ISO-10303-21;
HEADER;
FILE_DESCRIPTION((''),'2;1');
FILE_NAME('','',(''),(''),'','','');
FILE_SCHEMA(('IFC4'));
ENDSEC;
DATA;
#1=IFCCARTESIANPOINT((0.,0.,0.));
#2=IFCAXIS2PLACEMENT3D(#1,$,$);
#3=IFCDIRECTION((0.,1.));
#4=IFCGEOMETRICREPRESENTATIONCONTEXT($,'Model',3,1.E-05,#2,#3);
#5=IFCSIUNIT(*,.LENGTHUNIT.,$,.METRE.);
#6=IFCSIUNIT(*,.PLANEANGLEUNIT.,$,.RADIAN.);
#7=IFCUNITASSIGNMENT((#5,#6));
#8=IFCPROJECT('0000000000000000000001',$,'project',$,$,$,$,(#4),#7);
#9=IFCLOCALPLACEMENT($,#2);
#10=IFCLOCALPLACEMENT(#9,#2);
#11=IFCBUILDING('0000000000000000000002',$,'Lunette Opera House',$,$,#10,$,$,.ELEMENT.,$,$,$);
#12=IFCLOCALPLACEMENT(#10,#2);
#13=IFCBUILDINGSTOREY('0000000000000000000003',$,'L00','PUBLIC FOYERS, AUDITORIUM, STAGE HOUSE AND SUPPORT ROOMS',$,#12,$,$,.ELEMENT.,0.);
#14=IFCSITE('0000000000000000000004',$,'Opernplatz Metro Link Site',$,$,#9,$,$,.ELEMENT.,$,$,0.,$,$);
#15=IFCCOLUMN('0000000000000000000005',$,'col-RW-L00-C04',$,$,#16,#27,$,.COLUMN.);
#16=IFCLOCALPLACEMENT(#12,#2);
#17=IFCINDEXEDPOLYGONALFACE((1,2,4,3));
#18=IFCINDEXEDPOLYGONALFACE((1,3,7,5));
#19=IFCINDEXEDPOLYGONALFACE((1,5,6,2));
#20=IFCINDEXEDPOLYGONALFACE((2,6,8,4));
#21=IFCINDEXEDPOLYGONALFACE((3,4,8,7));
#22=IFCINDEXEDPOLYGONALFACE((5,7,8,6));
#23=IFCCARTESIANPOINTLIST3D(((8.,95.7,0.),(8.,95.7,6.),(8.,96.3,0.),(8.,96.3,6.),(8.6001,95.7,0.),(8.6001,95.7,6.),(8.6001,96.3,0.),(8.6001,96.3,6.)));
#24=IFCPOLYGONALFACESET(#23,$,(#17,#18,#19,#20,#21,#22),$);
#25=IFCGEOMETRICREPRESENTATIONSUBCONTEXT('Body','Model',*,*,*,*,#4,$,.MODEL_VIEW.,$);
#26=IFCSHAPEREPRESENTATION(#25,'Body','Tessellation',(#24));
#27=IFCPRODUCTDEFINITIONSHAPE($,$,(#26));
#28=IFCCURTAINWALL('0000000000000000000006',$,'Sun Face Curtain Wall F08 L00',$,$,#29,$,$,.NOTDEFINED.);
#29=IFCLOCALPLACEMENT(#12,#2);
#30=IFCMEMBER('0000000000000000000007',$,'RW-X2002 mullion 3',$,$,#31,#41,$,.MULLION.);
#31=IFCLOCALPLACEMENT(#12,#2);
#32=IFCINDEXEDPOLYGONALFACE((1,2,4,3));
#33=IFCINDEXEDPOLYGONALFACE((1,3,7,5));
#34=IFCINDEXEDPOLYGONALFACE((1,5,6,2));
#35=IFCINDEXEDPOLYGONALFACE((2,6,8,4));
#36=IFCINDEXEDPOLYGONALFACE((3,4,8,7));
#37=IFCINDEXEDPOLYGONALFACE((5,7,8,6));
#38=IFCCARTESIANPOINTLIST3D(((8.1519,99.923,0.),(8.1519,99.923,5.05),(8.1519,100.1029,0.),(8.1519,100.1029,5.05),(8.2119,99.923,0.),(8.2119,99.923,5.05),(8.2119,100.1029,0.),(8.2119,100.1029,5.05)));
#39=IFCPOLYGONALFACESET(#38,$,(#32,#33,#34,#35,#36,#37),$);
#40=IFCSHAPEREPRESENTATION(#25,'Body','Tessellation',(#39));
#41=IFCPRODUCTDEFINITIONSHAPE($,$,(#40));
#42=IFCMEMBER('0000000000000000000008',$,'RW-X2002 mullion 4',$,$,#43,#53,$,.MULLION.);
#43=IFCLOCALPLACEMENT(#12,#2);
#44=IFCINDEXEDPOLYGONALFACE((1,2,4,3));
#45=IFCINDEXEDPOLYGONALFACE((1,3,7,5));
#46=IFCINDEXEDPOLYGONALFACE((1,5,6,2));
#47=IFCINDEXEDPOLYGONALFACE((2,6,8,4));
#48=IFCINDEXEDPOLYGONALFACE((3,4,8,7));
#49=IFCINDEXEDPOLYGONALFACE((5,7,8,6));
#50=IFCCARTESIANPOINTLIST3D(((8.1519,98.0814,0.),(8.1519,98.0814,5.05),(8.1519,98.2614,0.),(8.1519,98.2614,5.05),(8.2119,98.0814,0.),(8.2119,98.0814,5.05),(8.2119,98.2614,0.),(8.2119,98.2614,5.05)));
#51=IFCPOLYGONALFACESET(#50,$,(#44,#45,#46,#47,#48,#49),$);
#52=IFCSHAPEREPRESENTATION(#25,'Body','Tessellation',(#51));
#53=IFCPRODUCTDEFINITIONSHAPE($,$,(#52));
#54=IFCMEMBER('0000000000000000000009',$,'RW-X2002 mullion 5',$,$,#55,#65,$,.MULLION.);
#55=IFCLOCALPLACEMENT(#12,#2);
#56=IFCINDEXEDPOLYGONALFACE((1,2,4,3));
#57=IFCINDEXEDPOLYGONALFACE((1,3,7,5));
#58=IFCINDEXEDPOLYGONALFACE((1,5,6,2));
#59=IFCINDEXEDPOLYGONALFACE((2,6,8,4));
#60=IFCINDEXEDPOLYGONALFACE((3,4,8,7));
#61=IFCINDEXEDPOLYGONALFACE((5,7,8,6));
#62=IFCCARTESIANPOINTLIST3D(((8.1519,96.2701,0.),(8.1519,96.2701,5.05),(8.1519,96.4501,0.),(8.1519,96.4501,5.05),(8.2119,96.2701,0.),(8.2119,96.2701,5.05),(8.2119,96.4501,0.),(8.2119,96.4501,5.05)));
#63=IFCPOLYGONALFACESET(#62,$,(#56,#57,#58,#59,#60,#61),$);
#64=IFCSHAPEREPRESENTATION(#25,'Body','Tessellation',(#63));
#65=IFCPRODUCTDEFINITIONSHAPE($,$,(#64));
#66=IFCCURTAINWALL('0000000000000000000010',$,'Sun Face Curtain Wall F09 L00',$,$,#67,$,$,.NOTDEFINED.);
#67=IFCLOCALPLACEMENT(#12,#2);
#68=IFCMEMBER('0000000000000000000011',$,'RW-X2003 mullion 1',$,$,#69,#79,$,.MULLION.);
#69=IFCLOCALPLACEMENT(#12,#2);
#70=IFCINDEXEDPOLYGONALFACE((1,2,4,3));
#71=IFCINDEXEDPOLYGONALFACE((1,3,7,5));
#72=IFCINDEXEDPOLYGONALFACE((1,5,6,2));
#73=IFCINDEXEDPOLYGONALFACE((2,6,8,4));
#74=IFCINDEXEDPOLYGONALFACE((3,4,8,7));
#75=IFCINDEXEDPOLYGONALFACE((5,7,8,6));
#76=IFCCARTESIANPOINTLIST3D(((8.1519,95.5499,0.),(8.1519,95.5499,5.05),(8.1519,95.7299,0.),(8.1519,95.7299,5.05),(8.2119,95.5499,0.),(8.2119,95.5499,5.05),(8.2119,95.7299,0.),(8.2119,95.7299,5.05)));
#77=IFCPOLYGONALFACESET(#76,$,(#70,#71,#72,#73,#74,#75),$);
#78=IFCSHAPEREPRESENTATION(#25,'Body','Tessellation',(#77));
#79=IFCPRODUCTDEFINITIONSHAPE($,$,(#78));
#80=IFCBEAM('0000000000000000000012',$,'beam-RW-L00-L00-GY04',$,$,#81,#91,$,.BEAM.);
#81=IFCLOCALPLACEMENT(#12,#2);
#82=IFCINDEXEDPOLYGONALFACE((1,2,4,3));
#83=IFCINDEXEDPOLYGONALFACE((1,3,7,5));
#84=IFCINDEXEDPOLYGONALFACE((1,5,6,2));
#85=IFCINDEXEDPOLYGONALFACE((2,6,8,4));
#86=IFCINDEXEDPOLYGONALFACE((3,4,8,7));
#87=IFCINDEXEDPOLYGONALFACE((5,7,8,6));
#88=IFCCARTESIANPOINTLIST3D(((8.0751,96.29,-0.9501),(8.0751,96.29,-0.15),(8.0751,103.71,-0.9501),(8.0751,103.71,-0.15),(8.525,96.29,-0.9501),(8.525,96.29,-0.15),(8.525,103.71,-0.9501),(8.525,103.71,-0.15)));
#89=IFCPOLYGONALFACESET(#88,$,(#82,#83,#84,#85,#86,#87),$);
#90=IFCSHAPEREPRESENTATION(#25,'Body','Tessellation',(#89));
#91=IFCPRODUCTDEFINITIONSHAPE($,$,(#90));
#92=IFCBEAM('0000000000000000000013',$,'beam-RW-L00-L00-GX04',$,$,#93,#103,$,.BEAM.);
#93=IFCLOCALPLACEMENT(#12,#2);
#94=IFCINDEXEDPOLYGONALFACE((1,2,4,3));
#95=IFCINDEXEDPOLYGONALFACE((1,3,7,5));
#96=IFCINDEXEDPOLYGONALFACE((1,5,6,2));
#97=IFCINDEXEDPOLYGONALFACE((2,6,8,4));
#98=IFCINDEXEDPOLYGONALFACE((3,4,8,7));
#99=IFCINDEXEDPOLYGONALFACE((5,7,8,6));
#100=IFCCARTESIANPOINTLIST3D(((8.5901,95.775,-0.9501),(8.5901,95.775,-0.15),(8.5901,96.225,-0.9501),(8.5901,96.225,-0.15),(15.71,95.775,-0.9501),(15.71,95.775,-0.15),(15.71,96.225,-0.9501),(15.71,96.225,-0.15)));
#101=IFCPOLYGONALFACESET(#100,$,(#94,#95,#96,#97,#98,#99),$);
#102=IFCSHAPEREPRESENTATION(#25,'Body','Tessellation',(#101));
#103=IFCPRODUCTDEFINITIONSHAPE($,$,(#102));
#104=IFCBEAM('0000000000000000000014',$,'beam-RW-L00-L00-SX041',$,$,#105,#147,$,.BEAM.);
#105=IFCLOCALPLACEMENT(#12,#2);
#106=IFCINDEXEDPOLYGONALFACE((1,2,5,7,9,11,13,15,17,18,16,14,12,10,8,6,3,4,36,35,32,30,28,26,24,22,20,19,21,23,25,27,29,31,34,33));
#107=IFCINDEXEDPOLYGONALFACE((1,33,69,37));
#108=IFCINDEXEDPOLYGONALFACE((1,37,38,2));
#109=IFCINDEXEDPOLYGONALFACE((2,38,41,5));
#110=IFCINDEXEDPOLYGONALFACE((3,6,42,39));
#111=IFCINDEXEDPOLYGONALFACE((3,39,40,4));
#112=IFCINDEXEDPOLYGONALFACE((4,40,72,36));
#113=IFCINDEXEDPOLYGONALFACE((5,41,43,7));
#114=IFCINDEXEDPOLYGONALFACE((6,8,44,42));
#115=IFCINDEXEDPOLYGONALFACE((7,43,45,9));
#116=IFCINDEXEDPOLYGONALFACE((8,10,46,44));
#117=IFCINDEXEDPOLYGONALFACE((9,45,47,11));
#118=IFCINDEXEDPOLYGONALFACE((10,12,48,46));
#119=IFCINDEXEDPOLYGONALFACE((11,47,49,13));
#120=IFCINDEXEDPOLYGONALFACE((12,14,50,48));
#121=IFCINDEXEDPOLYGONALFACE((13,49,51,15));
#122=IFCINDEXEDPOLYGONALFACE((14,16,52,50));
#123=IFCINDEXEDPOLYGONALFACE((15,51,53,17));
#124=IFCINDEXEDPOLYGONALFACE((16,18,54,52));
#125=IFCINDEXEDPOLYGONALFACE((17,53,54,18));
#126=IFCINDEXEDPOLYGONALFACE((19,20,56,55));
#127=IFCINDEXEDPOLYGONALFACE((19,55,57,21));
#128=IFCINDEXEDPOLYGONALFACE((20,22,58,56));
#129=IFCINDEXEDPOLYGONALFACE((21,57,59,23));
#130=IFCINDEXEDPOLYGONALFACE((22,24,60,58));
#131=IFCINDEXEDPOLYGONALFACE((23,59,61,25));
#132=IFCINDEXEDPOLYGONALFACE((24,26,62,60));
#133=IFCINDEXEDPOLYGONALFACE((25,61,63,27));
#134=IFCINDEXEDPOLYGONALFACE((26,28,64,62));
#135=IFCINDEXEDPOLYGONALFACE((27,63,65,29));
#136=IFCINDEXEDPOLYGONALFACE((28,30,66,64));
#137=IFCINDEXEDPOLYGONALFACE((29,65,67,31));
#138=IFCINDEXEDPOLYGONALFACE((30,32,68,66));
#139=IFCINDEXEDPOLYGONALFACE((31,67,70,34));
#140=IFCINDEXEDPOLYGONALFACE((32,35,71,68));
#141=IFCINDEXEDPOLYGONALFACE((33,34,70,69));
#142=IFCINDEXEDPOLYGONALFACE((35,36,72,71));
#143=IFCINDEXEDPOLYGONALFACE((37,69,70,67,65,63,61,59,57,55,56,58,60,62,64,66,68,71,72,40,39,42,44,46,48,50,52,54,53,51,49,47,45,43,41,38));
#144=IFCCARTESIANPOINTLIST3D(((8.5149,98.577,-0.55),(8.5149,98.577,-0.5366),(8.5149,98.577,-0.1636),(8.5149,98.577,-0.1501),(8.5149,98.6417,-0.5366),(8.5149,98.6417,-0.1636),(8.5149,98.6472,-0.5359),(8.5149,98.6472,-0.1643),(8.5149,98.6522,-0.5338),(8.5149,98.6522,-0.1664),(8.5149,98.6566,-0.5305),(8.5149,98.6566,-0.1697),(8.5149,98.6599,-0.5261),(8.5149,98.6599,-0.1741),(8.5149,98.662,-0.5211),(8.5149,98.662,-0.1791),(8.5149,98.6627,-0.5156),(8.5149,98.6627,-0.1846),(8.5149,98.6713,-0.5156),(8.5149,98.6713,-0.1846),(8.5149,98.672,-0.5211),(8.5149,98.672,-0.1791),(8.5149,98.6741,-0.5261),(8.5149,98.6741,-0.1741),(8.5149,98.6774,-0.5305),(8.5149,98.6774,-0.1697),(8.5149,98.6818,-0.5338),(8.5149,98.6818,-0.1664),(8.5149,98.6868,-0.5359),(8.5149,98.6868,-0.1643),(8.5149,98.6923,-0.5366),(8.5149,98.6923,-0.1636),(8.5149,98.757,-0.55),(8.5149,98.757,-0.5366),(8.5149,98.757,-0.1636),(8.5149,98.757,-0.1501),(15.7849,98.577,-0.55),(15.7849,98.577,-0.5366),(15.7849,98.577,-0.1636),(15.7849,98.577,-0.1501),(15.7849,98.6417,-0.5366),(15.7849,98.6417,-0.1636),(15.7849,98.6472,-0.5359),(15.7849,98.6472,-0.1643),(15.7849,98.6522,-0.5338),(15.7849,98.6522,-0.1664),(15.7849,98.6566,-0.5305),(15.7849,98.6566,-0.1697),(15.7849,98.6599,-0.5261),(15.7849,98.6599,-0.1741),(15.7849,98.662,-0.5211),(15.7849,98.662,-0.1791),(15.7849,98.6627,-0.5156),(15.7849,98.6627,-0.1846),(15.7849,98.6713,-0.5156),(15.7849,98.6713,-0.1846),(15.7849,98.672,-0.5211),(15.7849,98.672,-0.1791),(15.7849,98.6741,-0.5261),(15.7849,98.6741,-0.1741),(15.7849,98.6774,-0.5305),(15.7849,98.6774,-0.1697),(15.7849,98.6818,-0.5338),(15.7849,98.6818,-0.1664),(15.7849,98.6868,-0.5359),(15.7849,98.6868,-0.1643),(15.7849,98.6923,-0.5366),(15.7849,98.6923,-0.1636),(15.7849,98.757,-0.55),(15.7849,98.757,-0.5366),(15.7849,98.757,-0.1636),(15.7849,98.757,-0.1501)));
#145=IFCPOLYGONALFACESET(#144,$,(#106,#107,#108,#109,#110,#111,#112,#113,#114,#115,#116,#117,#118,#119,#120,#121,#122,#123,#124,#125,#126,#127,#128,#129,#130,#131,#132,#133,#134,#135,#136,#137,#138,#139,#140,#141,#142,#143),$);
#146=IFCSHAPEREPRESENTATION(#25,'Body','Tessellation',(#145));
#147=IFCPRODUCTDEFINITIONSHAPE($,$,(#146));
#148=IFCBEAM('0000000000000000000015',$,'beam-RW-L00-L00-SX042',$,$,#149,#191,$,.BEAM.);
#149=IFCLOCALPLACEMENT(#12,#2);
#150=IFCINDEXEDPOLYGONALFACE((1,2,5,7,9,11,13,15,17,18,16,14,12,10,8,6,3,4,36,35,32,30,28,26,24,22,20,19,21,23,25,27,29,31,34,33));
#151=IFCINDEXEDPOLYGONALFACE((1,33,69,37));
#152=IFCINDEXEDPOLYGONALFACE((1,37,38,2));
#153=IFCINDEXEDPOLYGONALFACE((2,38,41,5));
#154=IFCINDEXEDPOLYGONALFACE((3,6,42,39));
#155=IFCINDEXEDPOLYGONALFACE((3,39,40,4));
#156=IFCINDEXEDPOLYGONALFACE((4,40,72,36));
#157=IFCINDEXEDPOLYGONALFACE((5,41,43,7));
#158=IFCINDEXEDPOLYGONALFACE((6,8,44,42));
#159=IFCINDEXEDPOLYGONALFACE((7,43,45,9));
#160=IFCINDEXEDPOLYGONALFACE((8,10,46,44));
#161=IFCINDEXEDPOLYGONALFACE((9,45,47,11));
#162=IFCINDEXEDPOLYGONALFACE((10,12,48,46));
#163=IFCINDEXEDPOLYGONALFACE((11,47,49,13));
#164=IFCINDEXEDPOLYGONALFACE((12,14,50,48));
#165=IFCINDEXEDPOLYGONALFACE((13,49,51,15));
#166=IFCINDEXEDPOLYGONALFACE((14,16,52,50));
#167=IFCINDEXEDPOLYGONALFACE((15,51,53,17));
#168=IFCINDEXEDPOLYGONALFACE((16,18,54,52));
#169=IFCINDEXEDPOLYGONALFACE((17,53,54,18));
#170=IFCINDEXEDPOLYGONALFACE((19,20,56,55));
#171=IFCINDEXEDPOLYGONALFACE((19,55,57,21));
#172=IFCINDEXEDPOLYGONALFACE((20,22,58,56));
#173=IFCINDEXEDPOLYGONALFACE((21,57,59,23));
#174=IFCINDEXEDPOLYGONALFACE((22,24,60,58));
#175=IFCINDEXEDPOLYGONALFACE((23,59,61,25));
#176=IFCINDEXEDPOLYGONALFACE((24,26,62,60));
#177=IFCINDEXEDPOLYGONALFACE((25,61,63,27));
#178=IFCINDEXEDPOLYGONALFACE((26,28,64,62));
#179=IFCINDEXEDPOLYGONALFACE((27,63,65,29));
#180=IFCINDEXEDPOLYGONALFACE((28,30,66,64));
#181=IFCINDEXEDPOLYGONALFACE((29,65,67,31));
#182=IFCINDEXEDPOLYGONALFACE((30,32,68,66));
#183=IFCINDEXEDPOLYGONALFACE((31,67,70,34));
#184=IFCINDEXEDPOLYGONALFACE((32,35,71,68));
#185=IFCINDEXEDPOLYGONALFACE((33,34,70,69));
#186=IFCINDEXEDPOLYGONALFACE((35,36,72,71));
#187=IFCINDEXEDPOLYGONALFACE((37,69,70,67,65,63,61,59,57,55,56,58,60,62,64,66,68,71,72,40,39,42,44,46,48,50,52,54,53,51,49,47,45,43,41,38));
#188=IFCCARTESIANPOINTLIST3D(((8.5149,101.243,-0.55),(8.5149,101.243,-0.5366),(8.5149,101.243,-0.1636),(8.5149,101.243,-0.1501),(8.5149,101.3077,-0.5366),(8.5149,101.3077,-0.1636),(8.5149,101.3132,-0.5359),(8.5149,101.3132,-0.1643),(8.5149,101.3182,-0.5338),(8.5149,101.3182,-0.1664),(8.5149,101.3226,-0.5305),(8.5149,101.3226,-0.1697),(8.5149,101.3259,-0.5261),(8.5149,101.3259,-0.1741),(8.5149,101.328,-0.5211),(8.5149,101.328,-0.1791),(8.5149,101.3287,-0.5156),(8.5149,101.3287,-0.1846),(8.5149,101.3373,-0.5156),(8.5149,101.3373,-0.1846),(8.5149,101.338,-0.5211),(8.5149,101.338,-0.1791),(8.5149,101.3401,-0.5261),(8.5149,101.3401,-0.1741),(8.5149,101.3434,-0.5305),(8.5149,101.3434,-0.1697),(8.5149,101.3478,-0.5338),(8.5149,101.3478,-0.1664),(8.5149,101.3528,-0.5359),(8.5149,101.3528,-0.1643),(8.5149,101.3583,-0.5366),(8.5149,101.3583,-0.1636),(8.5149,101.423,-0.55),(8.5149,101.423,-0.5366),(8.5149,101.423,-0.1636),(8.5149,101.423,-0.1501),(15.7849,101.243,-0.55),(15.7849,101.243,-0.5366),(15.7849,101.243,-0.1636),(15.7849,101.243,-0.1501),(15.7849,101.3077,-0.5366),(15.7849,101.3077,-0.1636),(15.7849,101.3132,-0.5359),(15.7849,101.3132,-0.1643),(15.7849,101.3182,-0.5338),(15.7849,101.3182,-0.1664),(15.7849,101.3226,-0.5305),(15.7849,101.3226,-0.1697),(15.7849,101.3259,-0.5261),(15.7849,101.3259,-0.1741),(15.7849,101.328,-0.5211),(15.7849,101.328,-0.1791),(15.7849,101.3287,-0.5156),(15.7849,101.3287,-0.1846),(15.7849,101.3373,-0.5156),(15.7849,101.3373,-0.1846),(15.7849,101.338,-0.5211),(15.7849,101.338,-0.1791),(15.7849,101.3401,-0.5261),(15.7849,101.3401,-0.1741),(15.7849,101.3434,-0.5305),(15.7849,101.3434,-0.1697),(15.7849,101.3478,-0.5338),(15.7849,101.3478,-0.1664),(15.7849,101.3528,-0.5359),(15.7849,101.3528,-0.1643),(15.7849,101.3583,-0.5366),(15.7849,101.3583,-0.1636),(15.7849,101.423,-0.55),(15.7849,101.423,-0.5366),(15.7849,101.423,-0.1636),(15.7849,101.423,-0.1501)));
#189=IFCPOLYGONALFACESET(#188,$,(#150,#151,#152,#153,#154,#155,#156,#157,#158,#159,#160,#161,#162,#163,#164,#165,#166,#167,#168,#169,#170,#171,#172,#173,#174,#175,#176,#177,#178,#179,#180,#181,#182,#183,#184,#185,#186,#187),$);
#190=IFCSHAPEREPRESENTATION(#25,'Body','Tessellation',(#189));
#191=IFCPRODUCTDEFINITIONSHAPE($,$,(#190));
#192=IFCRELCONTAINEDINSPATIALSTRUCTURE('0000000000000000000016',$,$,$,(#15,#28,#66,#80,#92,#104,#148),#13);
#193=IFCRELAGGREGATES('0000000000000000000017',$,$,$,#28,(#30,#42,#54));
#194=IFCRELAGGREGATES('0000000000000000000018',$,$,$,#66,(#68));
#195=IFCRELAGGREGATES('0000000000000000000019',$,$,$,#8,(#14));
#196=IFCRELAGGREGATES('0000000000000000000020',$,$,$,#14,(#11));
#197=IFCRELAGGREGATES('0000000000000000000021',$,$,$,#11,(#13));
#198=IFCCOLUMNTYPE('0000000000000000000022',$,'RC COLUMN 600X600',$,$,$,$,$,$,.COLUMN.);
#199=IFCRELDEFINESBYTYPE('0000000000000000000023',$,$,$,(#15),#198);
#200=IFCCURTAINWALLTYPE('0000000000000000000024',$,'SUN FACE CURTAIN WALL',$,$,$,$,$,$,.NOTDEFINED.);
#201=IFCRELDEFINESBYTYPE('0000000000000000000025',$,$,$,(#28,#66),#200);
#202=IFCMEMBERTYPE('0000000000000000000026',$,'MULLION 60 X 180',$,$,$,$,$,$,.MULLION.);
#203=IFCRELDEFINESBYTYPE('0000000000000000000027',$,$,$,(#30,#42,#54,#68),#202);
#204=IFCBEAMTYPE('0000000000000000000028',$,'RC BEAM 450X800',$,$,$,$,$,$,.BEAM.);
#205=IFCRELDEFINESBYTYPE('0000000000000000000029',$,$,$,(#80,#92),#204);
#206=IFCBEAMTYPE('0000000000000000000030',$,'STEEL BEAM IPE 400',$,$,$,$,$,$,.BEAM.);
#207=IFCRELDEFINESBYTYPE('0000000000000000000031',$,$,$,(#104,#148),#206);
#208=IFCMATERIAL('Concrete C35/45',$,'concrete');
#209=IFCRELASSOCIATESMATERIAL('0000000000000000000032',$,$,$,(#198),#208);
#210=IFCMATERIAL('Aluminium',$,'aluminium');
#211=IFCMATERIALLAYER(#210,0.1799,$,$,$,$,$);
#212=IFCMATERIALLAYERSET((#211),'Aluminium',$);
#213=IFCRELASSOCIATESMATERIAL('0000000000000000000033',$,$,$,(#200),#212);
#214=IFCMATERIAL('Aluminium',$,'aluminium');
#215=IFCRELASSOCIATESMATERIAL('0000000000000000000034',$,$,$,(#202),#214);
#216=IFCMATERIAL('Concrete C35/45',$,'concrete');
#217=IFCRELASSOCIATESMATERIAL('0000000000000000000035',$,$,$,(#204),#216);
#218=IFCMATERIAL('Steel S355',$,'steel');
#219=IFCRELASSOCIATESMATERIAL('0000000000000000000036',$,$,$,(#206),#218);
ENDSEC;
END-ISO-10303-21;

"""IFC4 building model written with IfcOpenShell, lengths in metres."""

from ifc_helpers import new_model, si_unit, direction, frame, origin, origin_2d, place, context, subcontext, project, spatial, rectangle, i_section, extrude, material, layer, layer_set, material_profile, profile_set, type_object, element, aggregate, save


model = new_model("IFC4")

# Units and contexts
model_context = context("Model", 3, precision=1e-05, world=origin(), true_north=direction((0.0, 1.0)))
body_context = subcontext(model_context, "Body", "Model", "MODEL_VIEW")
ifc_project = project(units=[si_unit("LENGTHUNIT", "METRE"), si_unit("PLANEANGLEUNIT", "RADIAN")], contexts=[model_context])

# Site, building, storey
site_placement = place(None, origin())
site = spatial("IfcSite", under=ifc_project, at=site_placement, Name="Opernplatz Metro Link Site", CompositionType="ELEMENT", RefElevation=0.0)
building_placement = place(site_placement, origin())
building = spatial("IfcBuilding", under=site, at=building_placement, Name="Lunette Opera House", CompositionType="ELEMENT")
storey_placement = place(building_placement, origin())
storey = spatial("IfcBuildingStorey", under=building, at=storey_placement, Name="L00", Description="PUBLIC FOYERS, AUDITORIUM, STAGE HOUSE AND SUPPORT ROOMS", CompositionType="ELEMENT", Elevation=0.0)

# Column
ifc_material_1 = material(Name="Concrete C35/45", Category="concrete")
ifc_material_profile_1 = material_profile(ifc_material_1, rectangle(XDim=0.6001, YDim=0.6001, at=origin_2d()), Name="RC COLUMN 600X600")
ifc_profile_set_1 = profile_set([ifc_material_profile_1], Name="Concrete C35/45")
column_type = type_object("IfcColumnType", Name="RC COLUMN 600X600", PredefinedType="COLUMN", material=ifc_profile_set_1)
column_placement = place(storey_placement, frame((8.3, 96.0, 0.0), z_axis=(0.0, 0.0, 1.0), x_axis=(1.0, 0.0, 0.0)))
element("IfcColumn", 1, at=column_placement, inside=storey, type_object=column_type, Name="col-RW-L00-C04", PredefinedType="COLUMN", context=body_context, shape_type="SweptSolid", body=[
    extrude(rectangle(XDim=0.6001, YDim=0.6001, at=origin_2d()), origin(), (0.0, 0.0, 1.0), 6.0),
])

# Curtain wall, members
ifc_material_2 = material(Name="Aluminium", Category="aluminium")
ifc_layer_1 = layer(ifc_material_2, 0.1799)
ifc_layer_set_1 = layer_set([ifc_layer_1], Name="Aluminium")
curtain_wall_type = type_object("IfcCurtainWallType", Name="SUN FACE CURTAIN WALL", PredefinedType="NOTDEFINED", material=ifc_layer_set_1)
curtain_wall_1_placement = place(storey_placement, origin())
curtain_wall_1 = element("IfcCurtainWall", 2, at=curtain_wall_1_placement, inside=storey, type_object=curtain_wall_type, Name="Sun Face Curtain Wall F08 L00", PredefinedType="NOTDEFINED")
ifc_material_3 = material(Name="Aluminium", Category="aluminium")
ifc_material_profile_2 = material_profile(ifc_material_3, rectangle(XDim=0.0601, YDim=0.1799, at=origin_2d()), Name="MULLION 60 X 180")
ifc_profile_set_2 = profile_set([ifc_material_profile_2], Name="Aluminium")
member_type_1 = type_object("IfcMemberType", Name="MULLION 60 X 180", PredefinedType="MULLION", material=ifc_profile_set_2)
member_1_placement = place(storey_placement, frame((8.1819, 100.0129, 0.0), z_axis=(0.0, 0.0, 1.0), x_axis=(1.0, 0.0, 0.0)))
member_1 = element("IfcMember", 3, at=member_1_placement, type_object=member_type_1, Name="RW-X2002 mullion 3", PredefinedType="MULLION", context=body_context, shape_type="SweptSolid", body=[
    extrude(rectangle(XDim=0.0601, YDim=0.1799, at=origin_2d()), origin(), (0.0, 0.0, 1.0), 5.05),
])
member_2_placement = place(storey_placement, frame((8.1819, 98.1714, 0.0), z_axis=(0.0, 0.0, 1.0), x_axis=(1.0, 0.0, 0.0)))
member_2 = element("IfcMember", 4, at=member_2_placement, type_object=member_type_1, Name="RW-X2002 mullion 4", PredefinedType="MULLION", context=body_context, shape_type="SweptSolid", body=[
    extrude(rectangle(XDim=0.0601, YDim=0.1799, at=origin_2d()), origin(), (0.0, 0.0, 1.0), 5.05),
])
member_3_placement = place(storey_placement, frame((8.1819, 96.3601, 0.0), z_axis=(0.0, 0.0, 1.0), x_axis=(1.0, 0.0, 0.0)))
member_3 = element("IfcMember", 5, at=member_3_placement, type_object=member_type_1, Name="RW-X2002 mullion 5", PredefinedType="MULLION", context=body_context, shape_type="SweptSolid", body=[
    extrude(rectangle(XDim=0.0601, YDim=0.1799, at=origin_2d()), origin(), (0.0, 0.0, 1.0), 5.05),
])

# Curtain wall, member
curtain_wall_2_placement = place(storey_placement, origin())
curtain_wall_2 = element("IfcCurtainWall", 6, at=curtain_wall_2_placement, inside=storey, type_object=curtain_wall_type, Name="Sun Face Curtain Wall F09 L00", PredefinedType="NOTDEFINED")
member_4_placement = place(storey_placement, frame((8.1819, 95.6399, 0.0), z_axis=(0.0, 0.0, 1.0), x_axis=(1.0, 0.0, 0.0)))
member_4 = element("IfcMember", 7, at=member_4_placement, type_object=member_type_1, Name="RW-X2003 mullion 1", PredefinedType="MULLION", context=body_context, shape_type="SweptSolid", body=[
    extrude(rectangle(XDim=0.0601, YDim=0.1799, at=origin_2d()), origin(), (0.0, 0.0, 1.0), 5.05),
])

# Beams
ifc_material_4 = material(Name="Concrete C35/45", Category="concrete")
ifc_material_profile_3 = material_profile(ifc_material_4, rectangle(XDim=0.45, YDim=0.8, at=origin_2d()), Name="RC BEAM 450X800")
ifc_profile_set_3 = profile_set([ifc_material_profile_3], Name="Concrete C35/45")
beam_type_1 = type_object("IfcBeamType", Name="RC BEAM 450X800", PredefinedType="BEAM", material=ifc_profile_set_3)
beam_1_placement = place(storey_placement, frame((8.3, 96.29, -0.55), z_axis=(0.0, 1.0, 0.0), x_axis=(-1.0, 0.0, 0.0)))
element("IfcBeam", 8, at=beam_1_placement, inside=storey, type_object=beam_type_1, Name="beam-RW-L00-L00-GY04", PredefinedType="BEAM", context=body_context, shape_type="SweptSolid", body=[
    extrude(rectangle(XDim=0.45, YDim=0.8, at=origin_2d()), origin(), (0.0, 0.0, 1.0), 7.4199),
])
beam_2_placement = place(storey_placement, frame((8.5901, 96.0, -0.55), z_axis=(1.0, 0.0, 0.0), x_axis=(0.0, 1.0, 0.0)))
element("IfcBeam", 9, at=beam_2_placement, inside=storey, type_object=beam_type_1, Name="beam-RW-L00-L00-GX04", PredefinedType="BEAM", context=body_context, shape_type="SweptSolid", body=[
    extrude(rectangle(XDim=0.45, YDim=0.8, at=origin_2d()), origin(), (0.0, 0.0, 1.0), 7.1199),
])
ifc_material_5 = material(Name="Steel S355", Category="steel")
ifc_material_profile_4 = material_profile(ifc_material_5, i_section(OverallWidth=0.1799, OverallDepth=0.3999, WebThickness=0.0085, FlangeThickness=0.0134, FilletRadius=0.021, at=origin_2d()), Name="IPE 400")
ifc_profile_set_4 = profile_set([ifc_material_profile_4], Name="Steel S355")
beam_type_2 = type_object("IfcBeamType", Name="STEEL BEAM IPE 400", PredefinedType="BEAM", material=ifc_profile_set_4)
for number, where, z_axis, x_axis, name in (
    (10, (8.5149, 98.667, -0.3501), (1.0, 0.0, 0.0), (0.0, 1.0, 0.0), "beam-RW-L00-L00-SX041"),
    (11, (8.5149, 101.333, -0.3501), (1.0, 0.0, 0.0), (0.0, 1.0, 0.0), "beam-RW-L00-L00-SX042"),
):
    element("IfcBeam", number, at=place(storey_placement, frame(where, z_axis=z_axis, x_axis=x_axis)), inside=storey, type_object=beam_type_2, Name=name, PredefinedType="BEAM", context=body_context, shape_type="SweptSolid", body=[
        extrude(i_section(OverallWidth=0.1799, OverallDepth=0.3999, WebThickness=0.0085, FlangeThickness=0.0134, FilletRadius=0.021, at=origin_2d()), origin(), (0.0, 0.0, 1.0), 7.27),
    ])

aggregate(curtain_wall_1, [member_1, member_2, member_3])
aggregate(curtain_wall_2, [member_4])

save(model, "model.ifc")
